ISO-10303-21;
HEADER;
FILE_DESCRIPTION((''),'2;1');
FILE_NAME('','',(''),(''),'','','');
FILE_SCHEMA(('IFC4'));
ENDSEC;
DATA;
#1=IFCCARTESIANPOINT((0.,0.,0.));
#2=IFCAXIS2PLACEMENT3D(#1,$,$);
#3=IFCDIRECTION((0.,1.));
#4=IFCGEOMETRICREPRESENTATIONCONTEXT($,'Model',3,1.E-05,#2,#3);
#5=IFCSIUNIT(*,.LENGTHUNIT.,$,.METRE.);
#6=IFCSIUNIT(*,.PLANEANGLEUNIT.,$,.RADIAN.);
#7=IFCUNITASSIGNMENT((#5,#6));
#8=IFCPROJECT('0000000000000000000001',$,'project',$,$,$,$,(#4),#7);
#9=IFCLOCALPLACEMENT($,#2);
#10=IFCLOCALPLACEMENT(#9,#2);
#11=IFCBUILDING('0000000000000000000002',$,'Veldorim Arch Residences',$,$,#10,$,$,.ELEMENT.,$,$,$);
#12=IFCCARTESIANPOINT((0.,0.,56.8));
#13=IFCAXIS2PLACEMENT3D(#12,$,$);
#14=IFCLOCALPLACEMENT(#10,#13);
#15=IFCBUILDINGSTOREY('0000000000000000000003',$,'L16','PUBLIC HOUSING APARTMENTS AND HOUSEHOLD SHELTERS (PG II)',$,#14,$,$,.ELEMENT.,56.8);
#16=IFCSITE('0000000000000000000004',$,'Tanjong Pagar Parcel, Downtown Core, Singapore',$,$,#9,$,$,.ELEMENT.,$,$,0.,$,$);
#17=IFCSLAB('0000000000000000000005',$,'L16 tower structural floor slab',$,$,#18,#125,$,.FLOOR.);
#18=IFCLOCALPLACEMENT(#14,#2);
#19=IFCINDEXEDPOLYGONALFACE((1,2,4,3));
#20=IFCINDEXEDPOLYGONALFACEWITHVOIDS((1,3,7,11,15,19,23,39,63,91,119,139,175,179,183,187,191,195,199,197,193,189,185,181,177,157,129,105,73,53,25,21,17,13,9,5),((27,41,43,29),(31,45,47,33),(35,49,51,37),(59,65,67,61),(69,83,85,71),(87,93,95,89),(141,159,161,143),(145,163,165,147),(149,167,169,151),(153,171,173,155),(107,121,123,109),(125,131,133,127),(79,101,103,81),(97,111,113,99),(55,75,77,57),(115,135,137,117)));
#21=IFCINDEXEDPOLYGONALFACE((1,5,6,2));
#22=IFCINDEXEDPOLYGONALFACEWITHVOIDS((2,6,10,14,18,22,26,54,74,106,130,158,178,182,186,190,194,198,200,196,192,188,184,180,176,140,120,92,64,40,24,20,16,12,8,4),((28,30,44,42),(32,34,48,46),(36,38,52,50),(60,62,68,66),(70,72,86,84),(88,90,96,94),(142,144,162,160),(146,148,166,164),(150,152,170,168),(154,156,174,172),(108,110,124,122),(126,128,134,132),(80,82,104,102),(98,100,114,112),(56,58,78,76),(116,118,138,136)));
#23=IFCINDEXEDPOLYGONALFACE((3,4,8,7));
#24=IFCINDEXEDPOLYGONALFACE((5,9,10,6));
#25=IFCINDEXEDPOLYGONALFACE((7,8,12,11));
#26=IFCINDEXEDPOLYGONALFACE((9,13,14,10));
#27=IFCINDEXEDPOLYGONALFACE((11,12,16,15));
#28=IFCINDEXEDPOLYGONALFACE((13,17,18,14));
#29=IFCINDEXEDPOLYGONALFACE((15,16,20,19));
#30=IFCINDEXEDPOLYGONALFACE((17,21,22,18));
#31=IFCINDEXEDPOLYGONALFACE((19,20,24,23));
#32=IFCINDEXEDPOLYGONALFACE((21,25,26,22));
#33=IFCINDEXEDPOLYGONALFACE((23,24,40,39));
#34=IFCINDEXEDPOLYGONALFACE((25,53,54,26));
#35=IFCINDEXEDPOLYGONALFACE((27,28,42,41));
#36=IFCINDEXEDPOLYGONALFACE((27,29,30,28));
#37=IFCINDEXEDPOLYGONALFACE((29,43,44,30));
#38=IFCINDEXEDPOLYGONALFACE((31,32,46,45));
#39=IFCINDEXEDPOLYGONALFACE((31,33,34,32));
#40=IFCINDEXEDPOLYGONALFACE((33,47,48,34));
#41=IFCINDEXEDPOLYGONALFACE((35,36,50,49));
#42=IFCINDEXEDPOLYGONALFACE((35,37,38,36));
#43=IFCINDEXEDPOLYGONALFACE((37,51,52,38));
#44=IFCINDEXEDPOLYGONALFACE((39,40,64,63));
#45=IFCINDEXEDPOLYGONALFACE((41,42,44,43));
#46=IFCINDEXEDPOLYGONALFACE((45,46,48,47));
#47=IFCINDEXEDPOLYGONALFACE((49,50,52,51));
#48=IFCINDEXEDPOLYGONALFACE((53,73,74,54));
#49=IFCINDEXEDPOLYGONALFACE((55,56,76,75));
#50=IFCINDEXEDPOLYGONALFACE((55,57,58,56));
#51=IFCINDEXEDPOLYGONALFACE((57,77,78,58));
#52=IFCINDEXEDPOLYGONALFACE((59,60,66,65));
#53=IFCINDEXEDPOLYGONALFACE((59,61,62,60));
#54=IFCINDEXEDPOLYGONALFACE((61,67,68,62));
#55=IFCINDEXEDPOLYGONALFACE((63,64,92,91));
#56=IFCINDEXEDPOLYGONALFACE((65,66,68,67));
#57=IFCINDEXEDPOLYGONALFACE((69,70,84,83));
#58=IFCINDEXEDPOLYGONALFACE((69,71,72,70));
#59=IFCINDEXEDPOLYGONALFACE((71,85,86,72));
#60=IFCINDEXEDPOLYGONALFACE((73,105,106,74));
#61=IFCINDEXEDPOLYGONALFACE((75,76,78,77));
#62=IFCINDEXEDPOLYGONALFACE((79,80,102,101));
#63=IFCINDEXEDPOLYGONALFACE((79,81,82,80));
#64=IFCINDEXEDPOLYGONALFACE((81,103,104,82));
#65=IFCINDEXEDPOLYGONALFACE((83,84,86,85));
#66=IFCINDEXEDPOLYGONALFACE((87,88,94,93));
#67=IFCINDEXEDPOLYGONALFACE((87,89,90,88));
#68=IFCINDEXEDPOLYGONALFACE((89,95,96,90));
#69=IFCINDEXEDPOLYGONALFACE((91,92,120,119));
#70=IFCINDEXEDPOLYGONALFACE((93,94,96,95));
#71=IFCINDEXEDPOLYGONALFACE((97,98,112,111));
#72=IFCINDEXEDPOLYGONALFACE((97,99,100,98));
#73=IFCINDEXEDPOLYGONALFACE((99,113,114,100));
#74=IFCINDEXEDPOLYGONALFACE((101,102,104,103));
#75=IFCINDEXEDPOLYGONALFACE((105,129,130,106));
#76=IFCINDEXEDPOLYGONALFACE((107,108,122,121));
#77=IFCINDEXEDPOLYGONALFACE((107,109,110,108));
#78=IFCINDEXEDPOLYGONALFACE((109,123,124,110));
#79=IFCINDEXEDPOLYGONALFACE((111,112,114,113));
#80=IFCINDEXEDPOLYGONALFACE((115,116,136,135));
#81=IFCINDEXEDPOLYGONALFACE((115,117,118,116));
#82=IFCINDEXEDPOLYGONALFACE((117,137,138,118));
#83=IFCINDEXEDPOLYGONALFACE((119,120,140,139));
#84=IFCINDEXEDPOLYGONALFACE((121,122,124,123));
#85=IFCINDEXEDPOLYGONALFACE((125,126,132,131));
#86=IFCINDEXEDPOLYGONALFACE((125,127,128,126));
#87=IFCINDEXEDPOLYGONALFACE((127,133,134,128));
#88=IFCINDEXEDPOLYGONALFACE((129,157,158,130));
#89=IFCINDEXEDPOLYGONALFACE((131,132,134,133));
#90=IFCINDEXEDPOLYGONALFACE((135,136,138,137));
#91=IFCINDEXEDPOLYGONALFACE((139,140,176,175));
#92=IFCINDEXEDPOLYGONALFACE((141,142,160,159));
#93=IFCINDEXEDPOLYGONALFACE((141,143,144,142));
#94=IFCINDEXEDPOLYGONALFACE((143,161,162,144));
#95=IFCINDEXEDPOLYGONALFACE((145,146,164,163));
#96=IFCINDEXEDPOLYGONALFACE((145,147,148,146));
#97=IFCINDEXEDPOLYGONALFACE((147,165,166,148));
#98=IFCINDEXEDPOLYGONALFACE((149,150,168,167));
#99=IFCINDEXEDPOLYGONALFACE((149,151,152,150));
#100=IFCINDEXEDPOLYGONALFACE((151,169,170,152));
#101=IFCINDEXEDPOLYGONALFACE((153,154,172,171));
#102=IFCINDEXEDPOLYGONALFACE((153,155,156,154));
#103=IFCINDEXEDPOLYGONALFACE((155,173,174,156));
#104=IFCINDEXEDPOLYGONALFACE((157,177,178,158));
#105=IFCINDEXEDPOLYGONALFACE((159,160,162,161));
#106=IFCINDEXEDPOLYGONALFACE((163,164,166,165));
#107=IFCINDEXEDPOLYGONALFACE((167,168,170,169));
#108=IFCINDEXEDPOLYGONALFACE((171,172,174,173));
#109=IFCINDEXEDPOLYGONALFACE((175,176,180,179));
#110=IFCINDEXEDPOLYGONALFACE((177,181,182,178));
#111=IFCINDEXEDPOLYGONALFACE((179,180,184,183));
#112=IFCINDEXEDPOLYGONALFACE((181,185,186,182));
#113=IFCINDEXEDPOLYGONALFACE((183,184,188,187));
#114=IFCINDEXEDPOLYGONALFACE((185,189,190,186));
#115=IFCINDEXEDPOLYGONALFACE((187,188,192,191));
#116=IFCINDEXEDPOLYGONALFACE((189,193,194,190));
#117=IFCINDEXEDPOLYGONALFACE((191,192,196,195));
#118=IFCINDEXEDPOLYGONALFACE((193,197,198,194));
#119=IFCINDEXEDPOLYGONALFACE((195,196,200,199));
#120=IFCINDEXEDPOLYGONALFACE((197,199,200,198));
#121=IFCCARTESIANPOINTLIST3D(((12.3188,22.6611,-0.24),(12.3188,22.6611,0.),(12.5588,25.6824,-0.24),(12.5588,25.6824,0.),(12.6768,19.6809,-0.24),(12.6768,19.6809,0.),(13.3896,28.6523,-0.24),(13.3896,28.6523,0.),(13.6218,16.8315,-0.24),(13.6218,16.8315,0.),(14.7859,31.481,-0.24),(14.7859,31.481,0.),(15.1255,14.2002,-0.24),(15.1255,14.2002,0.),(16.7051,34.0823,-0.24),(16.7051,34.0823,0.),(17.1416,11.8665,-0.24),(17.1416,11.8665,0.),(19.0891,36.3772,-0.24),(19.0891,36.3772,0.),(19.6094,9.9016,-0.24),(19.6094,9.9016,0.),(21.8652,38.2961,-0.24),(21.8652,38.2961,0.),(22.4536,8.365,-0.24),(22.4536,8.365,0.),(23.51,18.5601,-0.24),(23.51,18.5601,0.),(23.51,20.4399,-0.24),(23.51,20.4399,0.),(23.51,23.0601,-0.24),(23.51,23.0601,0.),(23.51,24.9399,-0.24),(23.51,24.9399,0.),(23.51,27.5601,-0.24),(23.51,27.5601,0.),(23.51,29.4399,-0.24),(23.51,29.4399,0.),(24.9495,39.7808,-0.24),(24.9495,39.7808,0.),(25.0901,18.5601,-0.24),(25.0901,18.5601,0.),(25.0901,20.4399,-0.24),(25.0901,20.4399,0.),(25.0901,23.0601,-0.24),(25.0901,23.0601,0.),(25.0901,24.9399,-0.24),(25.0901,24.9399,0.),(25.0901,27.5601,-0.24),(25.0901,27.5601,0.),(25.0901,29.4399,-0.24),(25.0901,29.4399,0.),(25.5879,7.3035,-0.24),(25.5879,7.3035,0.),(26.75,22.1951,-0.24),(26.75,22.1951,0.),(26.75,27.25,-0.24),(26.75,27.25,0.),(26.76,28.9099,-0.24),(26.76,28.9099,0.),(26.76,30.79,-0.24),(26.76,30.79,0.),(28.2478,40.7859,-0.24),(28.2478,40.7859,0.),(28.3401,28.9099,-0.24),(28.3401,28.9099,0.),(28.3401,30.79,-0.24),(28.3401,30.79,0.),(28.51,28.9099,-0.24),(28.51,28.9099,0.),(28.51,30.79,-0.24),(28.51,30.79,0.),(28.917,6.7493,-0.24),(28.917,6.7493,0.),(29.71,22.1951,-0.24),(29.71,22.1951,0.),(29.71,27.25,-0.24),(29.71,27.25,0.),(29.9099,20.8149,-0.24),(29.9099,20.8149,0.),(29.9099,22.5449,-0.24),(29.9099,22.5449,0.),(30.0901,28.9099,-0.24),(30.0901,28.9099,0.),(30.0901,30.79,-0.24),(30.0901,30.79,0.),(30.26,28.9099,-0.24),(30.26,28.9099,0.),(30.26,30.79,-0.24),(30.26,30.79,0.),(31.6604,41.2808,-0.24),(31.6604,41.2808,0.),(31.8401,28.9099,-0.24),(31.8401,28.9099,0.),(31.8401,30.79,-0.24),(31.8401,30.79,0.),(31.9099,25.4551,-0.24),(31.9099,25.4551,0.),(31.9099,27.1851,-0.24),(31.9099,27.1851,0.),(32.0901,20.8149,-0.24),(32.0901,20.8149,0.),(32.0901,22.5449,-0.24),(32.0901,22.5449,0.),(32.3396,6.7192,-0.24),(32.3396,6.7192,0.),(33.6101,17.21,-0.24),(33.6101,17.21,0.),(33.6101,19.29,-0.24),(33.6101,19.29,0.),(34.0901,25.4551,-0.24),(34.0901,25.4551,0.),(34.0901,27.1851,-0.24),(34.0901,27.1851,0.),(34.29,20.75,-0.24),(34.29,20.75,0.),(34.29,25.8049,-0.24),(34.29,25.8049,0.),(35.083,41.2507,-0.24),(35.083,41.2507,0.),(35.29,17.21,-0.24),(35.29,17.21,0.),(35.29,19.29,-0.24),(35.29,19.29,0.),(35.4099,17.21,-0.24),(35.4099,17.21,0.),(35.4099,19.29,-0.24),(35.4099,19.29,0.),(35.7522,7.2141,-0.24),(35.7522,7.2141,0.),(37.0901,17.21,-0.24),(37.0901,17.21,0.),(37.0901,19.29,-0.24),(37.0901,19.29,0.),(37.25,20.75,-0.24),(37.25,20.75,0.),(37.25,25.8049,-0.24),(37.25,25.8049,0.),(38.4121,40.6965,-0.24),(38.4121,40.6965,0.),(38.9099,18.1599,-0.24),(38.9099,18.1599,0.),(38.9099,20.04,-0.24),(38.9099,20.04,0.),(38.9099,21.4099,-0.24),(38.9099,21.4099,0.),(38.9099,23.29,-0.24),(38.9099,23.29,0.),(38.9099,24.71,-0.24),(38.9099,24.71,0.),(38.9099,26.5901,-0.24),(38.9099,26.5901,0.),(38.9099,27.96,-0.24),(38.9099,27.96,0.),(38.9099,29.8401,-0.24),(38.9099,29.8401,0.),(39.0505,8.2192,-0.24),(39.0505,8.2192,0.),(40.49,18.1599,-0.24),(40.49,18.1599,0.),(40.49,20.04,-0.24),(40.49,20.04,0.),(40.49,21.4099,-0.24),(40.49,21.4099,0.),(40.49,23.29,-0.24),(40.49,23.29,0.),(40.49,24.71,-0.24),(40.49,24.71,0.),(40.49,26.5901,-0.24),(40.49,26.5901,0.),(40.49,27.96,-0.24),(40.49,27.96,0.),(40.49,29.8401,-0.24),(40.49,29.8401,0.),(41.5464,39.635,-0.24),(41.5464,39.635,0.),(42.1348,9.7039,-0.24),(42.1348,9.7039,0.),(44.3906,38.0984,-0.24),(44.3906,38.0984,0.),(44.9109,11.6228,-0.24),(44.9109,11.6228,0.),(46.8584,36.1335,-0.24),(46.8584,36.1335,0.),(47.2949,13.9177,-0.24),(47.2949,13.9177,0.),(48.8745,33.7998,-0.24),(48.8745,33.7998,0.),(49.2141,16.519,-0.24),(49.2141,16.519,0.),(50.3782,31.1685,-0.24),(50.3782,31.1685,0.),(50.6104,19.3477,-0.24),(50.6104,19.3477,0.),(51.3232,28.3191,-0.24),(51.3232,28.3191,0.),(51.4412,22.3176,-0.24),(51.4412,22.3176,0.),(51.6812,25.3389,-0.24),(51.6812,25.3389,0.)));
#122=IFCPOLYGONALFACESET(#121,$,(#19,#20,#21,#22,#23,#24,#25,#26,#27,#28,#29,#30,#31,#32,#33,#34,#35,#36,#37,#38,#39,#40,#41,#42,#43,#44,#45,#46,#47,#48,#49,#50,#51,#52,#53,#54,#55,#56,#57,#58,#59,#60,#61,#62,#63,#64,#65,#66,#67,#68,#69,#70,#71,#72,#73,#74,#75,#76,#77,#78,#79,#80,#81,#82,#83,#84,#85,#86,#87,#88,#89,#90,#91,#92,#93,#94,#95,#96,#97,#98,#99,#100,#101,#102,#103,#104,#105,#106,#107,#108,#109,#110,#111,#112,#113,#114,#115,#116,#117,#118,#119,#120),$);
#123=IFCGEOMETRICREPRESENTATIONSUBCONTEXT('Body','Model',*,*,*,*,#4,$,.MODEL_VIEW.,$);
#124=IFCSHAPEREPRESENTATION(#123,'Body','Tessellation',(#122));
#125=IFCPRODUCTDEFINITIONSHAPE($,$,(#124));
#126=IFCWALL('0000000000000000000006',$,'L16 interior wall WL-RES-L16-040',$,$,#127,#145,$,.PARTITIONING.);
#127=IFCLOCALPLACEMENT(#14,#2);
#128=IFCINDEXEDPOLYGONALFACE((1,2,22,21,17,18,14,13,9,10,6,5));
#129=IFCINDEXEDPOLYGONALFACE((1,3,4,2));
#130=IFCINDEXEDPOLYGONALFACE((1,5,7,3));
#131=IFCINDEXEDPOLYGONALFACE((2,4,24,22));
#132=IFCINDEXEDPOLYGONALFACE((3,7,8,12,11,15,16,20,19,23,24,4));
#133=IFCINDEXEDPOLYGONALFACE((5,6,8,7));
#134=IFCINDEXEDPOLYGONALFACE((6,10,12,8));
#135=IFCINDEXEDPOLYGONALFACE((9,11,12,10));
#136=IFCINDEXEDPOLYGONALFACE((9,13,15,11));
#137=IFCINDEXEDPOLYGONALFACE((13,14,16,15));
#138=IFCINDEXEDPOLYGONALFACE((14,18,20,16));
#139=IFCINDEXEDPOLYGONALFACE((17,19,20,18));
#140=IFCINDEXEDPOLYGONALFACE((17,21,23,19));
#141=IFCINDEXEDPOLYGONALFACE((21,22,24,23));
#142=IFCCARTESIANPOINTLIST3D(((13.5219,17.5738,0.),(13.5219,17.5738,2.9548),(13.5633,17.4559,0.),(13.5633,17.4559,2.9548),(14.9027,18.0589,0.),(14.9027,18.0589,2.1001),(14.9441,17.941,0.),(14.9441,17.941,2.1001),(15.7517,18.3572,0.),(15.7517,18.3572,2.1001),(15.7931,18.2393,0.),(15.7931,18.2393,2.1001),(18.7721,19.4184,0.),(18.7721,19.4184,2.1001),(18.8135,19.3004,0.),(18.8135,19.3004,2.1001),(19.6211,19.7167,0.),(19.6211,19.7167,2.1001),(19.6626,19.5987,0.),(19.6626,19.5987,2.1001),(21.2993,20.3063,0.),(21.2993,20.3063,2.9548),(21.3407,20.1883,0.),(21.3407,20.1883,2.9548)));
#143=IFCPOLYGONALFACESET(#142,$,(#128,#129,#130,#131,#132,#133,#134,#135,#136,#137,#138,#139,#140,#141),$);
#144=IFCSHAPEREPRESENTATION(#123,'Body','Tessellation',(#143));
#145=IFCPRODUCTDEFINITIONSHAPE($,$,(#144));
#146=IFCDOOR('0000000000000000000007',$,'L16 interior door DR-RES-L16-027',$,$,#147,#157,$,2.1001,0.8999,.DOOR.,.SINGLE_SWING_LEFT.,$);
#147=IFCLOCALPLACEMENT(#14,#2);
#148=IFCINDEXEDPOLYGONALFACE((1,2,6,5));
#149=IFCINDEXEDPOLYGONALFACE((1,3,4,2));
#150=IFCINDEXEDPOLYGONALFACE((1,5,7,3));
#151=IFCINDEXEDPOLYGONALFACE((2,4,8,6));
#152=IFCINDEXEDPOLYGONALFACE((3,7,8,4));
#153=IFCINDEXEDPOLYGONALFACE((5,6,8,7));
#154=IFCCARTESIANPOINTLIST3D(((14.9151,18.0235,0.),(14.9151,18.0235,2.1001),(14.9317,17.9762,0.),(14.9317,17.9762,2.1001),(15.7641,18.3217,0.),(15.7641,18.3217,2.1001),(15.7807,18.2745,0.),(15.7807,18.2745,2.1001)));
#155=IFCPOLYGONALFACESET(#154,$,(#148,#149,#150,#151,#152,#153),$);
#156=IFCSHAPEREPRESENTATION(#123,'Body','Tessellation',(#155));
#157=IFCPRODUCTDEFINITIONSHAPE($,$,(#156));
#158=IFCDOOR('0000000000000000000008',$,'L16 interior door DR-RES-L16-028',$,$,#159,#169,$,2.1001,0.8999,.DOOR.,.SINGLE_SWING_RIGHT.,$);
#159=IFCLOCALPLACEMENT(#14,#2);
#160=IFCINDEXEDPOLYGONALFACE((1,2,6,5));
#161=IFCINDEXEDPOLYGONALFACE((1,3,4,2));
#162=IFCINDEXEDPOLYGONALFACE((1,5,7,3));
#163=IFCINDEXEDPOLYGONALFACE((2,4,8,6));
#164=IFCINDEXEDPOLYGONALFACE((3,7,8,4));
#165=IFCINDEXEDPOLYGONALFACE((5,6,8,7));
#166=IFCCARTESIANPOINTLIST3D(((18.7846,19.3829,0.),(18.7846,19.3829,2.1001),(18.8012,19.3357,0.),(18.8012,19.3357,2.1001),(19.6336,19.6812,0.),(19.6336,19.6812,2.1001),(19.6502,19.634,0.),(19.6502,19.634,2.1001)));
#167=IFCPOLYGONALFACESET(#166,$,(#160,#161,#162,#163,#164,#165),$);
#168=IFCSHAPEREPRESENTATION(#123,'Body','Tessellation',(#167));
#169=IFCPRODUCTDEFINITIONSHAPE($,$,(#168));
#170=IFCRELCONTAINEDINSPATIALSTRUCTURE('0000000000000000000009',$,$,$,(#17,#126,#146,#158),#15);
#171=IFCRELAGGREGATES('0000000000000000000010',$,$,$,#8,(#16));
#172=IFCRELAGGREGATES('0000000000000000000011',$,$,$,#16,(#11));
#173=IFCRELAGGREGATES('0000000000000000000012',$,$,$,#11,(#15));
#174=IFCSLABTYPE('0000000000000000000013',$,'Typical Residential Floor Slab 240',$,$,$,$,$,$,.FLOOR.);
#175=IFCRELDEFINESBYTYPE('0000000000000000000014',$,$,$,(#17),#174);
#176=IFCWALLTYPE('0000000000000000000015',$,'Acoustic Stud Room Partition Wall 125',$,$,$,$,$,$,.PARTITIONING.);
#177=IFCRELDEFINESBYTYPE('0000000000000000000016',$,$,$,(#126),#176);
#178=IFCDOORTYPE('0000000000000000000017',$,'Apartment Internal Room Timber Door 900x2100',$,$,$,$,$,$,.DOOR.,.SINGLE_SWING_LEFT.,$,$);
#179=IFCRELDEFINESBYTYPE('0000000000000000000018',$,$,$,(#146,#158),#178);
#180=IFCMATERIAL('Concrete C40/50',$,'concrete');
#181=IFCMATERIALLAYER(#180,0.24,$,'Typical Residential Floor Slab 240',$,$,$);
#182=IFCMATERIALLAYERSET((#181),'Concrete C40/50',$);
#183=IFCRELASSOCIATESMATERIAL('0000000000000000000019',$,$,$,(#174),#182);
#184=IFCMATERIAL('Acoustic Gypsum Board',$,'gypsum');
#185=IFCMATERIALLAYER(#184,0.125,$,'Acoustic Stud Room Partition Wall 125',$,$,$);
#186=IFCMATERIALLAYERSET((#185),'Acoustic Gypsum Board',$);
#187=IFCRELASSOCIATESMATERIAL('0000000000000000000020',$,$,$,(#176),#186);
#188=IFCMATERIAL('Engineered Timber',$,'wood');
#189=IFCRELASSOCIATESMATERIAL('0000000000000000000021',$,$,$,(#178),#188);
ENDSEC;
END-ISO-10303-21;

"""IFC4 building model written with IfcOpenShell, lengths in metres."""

from ifc_helpers import new_model, si_unit, direction, frame, frame_2d, origin, place, context, subcontext, project, spatial, polyline, rectangle, outline, extrude, material, layer, layer_set, type_object, element, fill, save


model = new_model("IFC4")

# Units and contexts
model_context = context("Model", 3, precision=1e-05, world=origin(), true_north=direction((0.0, 1.0)))
body_context = subcontext(model_context, "Body", "Model", "MODEL_VIEW")
ifc_project = project(units=[si_unit("LENGTHUNIT", "METRE"), si_unit("PLANEANGLEUNIT", "RADIAN")], contexts=[model_context])

# Site, building, storey
site_placement = place(None, origin())
site = spatial("IfcSite", under=ifc_project, at=site_placement, Name="Tanjong Pagar Parcel, Downtown Core, Singapore", CompositionType="ELEMENT", RefElevation=0.0)
building_placement = place(site_placement, origin())
building = spatial("IfcBuilding", under=site, at=building_placement, Name="Veldorim Arch Residences", CompositionType="ELEMENT")
storey_placement = place(building_placement, frame((0.0, 0.0, 56.8)))
storey = spatial("IfcBuildingStorey", under=building, at=storey_placement, Name="L16", Description="PUBLIC HOUSING APARTMENTS AND HOUSEHOLD SHELTERS (PG II)", CompositionType="ELEMENT", Elevation=56.8)

# Slab
ifc_material_1 = material(Name="Concrete C40/50", Category="concrete")
ifc_layer_1 = layer(ifc_material_1, 0.24, Name="Typical Residential Floor Slab 240")
ifc_layer_set_1 = layer_set([ifc_layer_1], Name="Concrete C40/50")
slab_type_1 = type_object("IfcSlabType", Name="Typical Residential Floor Slab 240", PredefinedType="FLOOR", material=ifc_layer_set_1)
slab_1_placement = place(storey_placement, frame((0.0, 0.0, -0.24)))
element("IfcSlab", 1, at=slab_1_placement, inside=storey, type_object=slab_type_1, Name="L16 tower structural floor slab", PredefinedType="FLOOR", context=body_context, shape_type="SweptSolid", body=[
    extrude(outline(polyline([(51.3232, 28.3191), (50.3782, 31.1685), (48.8745, 33.7998), (46.8584, 36.1335), (44.3906, 38.0984), (41.5464, 39.635), (38.4121, 40.6965), (35.083, 41.2507), (31.6604, 41.2808), (28.2478, 40.7859), (24.9495, 39.7808), (21.8652, 38.2961), (19.0891, 36.3772), (16.7051, 34.0823), (14.7859, 31.481), (13.3896, 28.6523), (12.5588, 25.6824), (12.3188, 22.6611), (12.6768, 19.6809), (13.6218, 16.8315), (15.1255, 14.2002), (17.1416, 11.8665), (19.6094, 9.9016), (22.4536, 8.365), (25.5879, 7.3035), (28.917, 6.7493), (32.3396, 6.7192), (35.7522, 7.2141), (39.0505, 8.2192), (42.1348, 9.7039), (44.9109, 11.6228), (47.2949, 13.9177), (49.2141, 16.519), (50.6104, 19.3477), (51.4412, 22.3176), (51.6812, 25.3389), (51.3232, 28.3191)]), holes=[polyline([(23.51, 20.4399), (25.0901, 20.4399), (25.0901, 18.5601), (23.51, 18.5601), (23.51, 20.4399)]), polyline([(29.9099, 22.5449), (32.0901, 22.5449), (32.0901, 20.8149), (29.9099, 20.8149), (29.9099, 22.5449)]), polyline([(23.51, 24.9399), (25.0901, 24.9399), (25.0901, 23.0601), (23.51, 23.0601), (23.51, 24.9399)]), polyline([(26.75, 27.25), (29.71, 27.25), (29.71, 22.1951), (26.75, 22.1951), (26.75, 27.25)]), polyline([(23.51, 29.4399), (25.0901, 29.4399), (25.0901, 27.5601), (23.51, 27.5601), (23.51, 29.4399)]), polyline([(26.76, 30.79), (28.3401, 30.79), (28.3401, 28.9099), (26.76, 28.9099), (26.76, 30.79)]), polyline([(28.51, 30.79), (30.0901, 30.79), (30.0901, 28.9099), (28.51, 28.9099), (28.51, 30.79)]), polyline([(30.26, 30.79), (31.8401, 30.79), (31.8401, 28.9099), (30.26, 28.9099), (30.26, 30.79)]), polyline([(33.6101, 19.29), (35.29, 19.29), (35.29, 17.21), (33.6101, 17.21), (33.6101, 19.29)]), polyline([(35.4099, 19.29), (37.0901, 19.29), (37.0901, 17.21), (35.4099, 17.21), (35.4099, 19.29)]), polyline([(38.9099, 20.04), (40.49, 20.04), (40.49, 18.1599), (38.9099, 18.1599), (38.9099, 20.04)]), polyline([(38.9099, 23.29), (40.49, 23.29), (40.49, 21.4099), (38.9099, 21.4099), (38.9099, 23.29)]), polyline([(34.29, 25.8049), (37.25, 25.8049), (37.25, 20.75), (34.29, 20.75), (34.29, 25.8049)]), polyline([(38.9099, 26.5901), (40.49, 26.5901), (40.49, 24.71), (38.9099, 24.71), (38.9099, 26.5901)]), polyline([(31.9099, 27.1851), (34.0901, 27.1851), (34.0901, 25.4551), (31.9099, 25.4551), (31.9099, 27.1851)]), polyline([(38.9099, 29.8401), (40.49, 29.8401), (40.49, 27.96), (38.9099, 27.96), (38.9099, 29.8401)])]), origin(), (0.0, 0.0, 1.0), 0.24),
])

# Wall, openings, doors
ifc_material_2 = material(Name="Acoustic Gypsum Board", Category="gypsum")
ifc_layer_2 = layer(ifc_material_2, 0.125, Name="Acoustic Stud Room Partition Wall 125")
ifc_layer_set_2 = layer_set([ifc_layer_2], Name="Acoustic Gypsum Board")
wall_type_1 = type_object("IfcWallType", Name="Acoustic Stud Room Partition Wall 125", PredefinedType="PARTITIONING", material=ifc_layer_set_2)
wall_1_placement = place(storey_placement, frame((13.5427, 17.5149, 0.0), z_axis=(0.0, 0.0, 1.0), x_axis=(0.943466, 0.331469, 0.0)))
wall_1 = element("IfcWall", 2, at=wall_1_placement, inside=storey, type_object=wall_type_1, Name="L16 interior wall WL-RES-L16-040", PredefinedType="PARTITIONING", context=body_context, shape_type="SweptSolid", body=[
    extrude(rectangle(XDim=8.2434, YDim=0.125, at=frame_2d((4.1216, 0.0))), origin(), (0.0, 0.0, 1.0), 2.9548),
])
opening_1_placement = place(wall_1_placement, frame((1.4634, 0.0, 0.0)))
opening_1 = element("IfcOpeningElement", 3, at=opening_1_placement, cuts=wall_1, PredefinedType="OPENING", context=body_context, shape_type="SweptSolid", body=[
    extrude(rectangle(XDim=0.8999, YDim=2.1001, at=frame_2d((0.45, 1.05))), frame((0.0, 0.0725, 0.0), z_axis=(0.0, -1.0, 0.0), x_axis=(1.0, 0.0, 0.0)), (0.0, 0.0, 1.0), 0.145),
])
opening_2_placement = place(wall_1_placement, frame((5.5647, 0.0, 0.0)))
opening_2 = element("IfcOpeningElement", 4, at=opening_2_placement, cuts=wall_1, PredefinedType="OPENING", context=body_context, shape_type="SweptSolid", body=[
    extrude(rectangle(XDim=0.8999, YDim=2.1001, at=frame_2d((0.45, 1.05))), frame((0.0, 0.0725, 0.0), z_axis=(0.0, -1.0, 0.0), x_axis=(1.0, 0.0, 0.0)), (0.0, 0.0, 1.0), 0.145),
])
ifc_material_3 = material(Name="Engineered Timber", Category="wood")
door_type = type_object("IfcDoorType", Name="Apartment Internal Room Timber Door 900x2100", OperationType="SINGLE_SWING_LEFT", PredefinedType="DOOR", material=ifc_material_3)
door_1_placement = place(opening_1_placement, origin())
door_1 = element("IfcDoor", 5, at=door_1_placement, inside=storey, type_object=door_type, Name="L16 interior door DR-RES-L16-027", OperationType="SINGLE_SWING_LEFT", OverallHeight=2.1001, OverallWidth=0.8999, PredefinedType="DOOR", context=body_context, shape_type="SweptSolid", body=[
    extrude(rectangle(XDim=0.8999, YDim=2.1001, at=frame_2d((0.45, 1.05))), frame((0.0, 0.0249, 0.0), z_axis=(0.0, -1.0, 0.0), x_axis=(1.0, 0.0, 0.0)), (0.0, 0.0, 1.0), 0.05),
])
fill(opening_1, door_1)
door_2_placement = place(opening_2_placement, origin())
door_2 = element("IfcDoor", 6, at=door_2_placement, inside=storey, type_object=door_type, Name="L16 interior door DR-RES-L16-028", OperationType="SINGLE_SWING_RIGHT", OverallHeight=2.1001, OverallWidth=0.8999, PredefinedType="DOOR", context=body_context, shape_type="SweptSolid", body=[
    extrude(rectangle(XDim=0.8999, YDim=2.1001, at=frame_2d((0.45, 1.05))), frame((0.0, 0.0249, 0.0), z_axis=(0.0, -1.0, 0.0), x_axis=(1.0, 0.0, 0.0)), (0.0, 0.0, 1.0), 0.05),
])
fill(opening_2, door_2)

save(model, "model.ifc")
